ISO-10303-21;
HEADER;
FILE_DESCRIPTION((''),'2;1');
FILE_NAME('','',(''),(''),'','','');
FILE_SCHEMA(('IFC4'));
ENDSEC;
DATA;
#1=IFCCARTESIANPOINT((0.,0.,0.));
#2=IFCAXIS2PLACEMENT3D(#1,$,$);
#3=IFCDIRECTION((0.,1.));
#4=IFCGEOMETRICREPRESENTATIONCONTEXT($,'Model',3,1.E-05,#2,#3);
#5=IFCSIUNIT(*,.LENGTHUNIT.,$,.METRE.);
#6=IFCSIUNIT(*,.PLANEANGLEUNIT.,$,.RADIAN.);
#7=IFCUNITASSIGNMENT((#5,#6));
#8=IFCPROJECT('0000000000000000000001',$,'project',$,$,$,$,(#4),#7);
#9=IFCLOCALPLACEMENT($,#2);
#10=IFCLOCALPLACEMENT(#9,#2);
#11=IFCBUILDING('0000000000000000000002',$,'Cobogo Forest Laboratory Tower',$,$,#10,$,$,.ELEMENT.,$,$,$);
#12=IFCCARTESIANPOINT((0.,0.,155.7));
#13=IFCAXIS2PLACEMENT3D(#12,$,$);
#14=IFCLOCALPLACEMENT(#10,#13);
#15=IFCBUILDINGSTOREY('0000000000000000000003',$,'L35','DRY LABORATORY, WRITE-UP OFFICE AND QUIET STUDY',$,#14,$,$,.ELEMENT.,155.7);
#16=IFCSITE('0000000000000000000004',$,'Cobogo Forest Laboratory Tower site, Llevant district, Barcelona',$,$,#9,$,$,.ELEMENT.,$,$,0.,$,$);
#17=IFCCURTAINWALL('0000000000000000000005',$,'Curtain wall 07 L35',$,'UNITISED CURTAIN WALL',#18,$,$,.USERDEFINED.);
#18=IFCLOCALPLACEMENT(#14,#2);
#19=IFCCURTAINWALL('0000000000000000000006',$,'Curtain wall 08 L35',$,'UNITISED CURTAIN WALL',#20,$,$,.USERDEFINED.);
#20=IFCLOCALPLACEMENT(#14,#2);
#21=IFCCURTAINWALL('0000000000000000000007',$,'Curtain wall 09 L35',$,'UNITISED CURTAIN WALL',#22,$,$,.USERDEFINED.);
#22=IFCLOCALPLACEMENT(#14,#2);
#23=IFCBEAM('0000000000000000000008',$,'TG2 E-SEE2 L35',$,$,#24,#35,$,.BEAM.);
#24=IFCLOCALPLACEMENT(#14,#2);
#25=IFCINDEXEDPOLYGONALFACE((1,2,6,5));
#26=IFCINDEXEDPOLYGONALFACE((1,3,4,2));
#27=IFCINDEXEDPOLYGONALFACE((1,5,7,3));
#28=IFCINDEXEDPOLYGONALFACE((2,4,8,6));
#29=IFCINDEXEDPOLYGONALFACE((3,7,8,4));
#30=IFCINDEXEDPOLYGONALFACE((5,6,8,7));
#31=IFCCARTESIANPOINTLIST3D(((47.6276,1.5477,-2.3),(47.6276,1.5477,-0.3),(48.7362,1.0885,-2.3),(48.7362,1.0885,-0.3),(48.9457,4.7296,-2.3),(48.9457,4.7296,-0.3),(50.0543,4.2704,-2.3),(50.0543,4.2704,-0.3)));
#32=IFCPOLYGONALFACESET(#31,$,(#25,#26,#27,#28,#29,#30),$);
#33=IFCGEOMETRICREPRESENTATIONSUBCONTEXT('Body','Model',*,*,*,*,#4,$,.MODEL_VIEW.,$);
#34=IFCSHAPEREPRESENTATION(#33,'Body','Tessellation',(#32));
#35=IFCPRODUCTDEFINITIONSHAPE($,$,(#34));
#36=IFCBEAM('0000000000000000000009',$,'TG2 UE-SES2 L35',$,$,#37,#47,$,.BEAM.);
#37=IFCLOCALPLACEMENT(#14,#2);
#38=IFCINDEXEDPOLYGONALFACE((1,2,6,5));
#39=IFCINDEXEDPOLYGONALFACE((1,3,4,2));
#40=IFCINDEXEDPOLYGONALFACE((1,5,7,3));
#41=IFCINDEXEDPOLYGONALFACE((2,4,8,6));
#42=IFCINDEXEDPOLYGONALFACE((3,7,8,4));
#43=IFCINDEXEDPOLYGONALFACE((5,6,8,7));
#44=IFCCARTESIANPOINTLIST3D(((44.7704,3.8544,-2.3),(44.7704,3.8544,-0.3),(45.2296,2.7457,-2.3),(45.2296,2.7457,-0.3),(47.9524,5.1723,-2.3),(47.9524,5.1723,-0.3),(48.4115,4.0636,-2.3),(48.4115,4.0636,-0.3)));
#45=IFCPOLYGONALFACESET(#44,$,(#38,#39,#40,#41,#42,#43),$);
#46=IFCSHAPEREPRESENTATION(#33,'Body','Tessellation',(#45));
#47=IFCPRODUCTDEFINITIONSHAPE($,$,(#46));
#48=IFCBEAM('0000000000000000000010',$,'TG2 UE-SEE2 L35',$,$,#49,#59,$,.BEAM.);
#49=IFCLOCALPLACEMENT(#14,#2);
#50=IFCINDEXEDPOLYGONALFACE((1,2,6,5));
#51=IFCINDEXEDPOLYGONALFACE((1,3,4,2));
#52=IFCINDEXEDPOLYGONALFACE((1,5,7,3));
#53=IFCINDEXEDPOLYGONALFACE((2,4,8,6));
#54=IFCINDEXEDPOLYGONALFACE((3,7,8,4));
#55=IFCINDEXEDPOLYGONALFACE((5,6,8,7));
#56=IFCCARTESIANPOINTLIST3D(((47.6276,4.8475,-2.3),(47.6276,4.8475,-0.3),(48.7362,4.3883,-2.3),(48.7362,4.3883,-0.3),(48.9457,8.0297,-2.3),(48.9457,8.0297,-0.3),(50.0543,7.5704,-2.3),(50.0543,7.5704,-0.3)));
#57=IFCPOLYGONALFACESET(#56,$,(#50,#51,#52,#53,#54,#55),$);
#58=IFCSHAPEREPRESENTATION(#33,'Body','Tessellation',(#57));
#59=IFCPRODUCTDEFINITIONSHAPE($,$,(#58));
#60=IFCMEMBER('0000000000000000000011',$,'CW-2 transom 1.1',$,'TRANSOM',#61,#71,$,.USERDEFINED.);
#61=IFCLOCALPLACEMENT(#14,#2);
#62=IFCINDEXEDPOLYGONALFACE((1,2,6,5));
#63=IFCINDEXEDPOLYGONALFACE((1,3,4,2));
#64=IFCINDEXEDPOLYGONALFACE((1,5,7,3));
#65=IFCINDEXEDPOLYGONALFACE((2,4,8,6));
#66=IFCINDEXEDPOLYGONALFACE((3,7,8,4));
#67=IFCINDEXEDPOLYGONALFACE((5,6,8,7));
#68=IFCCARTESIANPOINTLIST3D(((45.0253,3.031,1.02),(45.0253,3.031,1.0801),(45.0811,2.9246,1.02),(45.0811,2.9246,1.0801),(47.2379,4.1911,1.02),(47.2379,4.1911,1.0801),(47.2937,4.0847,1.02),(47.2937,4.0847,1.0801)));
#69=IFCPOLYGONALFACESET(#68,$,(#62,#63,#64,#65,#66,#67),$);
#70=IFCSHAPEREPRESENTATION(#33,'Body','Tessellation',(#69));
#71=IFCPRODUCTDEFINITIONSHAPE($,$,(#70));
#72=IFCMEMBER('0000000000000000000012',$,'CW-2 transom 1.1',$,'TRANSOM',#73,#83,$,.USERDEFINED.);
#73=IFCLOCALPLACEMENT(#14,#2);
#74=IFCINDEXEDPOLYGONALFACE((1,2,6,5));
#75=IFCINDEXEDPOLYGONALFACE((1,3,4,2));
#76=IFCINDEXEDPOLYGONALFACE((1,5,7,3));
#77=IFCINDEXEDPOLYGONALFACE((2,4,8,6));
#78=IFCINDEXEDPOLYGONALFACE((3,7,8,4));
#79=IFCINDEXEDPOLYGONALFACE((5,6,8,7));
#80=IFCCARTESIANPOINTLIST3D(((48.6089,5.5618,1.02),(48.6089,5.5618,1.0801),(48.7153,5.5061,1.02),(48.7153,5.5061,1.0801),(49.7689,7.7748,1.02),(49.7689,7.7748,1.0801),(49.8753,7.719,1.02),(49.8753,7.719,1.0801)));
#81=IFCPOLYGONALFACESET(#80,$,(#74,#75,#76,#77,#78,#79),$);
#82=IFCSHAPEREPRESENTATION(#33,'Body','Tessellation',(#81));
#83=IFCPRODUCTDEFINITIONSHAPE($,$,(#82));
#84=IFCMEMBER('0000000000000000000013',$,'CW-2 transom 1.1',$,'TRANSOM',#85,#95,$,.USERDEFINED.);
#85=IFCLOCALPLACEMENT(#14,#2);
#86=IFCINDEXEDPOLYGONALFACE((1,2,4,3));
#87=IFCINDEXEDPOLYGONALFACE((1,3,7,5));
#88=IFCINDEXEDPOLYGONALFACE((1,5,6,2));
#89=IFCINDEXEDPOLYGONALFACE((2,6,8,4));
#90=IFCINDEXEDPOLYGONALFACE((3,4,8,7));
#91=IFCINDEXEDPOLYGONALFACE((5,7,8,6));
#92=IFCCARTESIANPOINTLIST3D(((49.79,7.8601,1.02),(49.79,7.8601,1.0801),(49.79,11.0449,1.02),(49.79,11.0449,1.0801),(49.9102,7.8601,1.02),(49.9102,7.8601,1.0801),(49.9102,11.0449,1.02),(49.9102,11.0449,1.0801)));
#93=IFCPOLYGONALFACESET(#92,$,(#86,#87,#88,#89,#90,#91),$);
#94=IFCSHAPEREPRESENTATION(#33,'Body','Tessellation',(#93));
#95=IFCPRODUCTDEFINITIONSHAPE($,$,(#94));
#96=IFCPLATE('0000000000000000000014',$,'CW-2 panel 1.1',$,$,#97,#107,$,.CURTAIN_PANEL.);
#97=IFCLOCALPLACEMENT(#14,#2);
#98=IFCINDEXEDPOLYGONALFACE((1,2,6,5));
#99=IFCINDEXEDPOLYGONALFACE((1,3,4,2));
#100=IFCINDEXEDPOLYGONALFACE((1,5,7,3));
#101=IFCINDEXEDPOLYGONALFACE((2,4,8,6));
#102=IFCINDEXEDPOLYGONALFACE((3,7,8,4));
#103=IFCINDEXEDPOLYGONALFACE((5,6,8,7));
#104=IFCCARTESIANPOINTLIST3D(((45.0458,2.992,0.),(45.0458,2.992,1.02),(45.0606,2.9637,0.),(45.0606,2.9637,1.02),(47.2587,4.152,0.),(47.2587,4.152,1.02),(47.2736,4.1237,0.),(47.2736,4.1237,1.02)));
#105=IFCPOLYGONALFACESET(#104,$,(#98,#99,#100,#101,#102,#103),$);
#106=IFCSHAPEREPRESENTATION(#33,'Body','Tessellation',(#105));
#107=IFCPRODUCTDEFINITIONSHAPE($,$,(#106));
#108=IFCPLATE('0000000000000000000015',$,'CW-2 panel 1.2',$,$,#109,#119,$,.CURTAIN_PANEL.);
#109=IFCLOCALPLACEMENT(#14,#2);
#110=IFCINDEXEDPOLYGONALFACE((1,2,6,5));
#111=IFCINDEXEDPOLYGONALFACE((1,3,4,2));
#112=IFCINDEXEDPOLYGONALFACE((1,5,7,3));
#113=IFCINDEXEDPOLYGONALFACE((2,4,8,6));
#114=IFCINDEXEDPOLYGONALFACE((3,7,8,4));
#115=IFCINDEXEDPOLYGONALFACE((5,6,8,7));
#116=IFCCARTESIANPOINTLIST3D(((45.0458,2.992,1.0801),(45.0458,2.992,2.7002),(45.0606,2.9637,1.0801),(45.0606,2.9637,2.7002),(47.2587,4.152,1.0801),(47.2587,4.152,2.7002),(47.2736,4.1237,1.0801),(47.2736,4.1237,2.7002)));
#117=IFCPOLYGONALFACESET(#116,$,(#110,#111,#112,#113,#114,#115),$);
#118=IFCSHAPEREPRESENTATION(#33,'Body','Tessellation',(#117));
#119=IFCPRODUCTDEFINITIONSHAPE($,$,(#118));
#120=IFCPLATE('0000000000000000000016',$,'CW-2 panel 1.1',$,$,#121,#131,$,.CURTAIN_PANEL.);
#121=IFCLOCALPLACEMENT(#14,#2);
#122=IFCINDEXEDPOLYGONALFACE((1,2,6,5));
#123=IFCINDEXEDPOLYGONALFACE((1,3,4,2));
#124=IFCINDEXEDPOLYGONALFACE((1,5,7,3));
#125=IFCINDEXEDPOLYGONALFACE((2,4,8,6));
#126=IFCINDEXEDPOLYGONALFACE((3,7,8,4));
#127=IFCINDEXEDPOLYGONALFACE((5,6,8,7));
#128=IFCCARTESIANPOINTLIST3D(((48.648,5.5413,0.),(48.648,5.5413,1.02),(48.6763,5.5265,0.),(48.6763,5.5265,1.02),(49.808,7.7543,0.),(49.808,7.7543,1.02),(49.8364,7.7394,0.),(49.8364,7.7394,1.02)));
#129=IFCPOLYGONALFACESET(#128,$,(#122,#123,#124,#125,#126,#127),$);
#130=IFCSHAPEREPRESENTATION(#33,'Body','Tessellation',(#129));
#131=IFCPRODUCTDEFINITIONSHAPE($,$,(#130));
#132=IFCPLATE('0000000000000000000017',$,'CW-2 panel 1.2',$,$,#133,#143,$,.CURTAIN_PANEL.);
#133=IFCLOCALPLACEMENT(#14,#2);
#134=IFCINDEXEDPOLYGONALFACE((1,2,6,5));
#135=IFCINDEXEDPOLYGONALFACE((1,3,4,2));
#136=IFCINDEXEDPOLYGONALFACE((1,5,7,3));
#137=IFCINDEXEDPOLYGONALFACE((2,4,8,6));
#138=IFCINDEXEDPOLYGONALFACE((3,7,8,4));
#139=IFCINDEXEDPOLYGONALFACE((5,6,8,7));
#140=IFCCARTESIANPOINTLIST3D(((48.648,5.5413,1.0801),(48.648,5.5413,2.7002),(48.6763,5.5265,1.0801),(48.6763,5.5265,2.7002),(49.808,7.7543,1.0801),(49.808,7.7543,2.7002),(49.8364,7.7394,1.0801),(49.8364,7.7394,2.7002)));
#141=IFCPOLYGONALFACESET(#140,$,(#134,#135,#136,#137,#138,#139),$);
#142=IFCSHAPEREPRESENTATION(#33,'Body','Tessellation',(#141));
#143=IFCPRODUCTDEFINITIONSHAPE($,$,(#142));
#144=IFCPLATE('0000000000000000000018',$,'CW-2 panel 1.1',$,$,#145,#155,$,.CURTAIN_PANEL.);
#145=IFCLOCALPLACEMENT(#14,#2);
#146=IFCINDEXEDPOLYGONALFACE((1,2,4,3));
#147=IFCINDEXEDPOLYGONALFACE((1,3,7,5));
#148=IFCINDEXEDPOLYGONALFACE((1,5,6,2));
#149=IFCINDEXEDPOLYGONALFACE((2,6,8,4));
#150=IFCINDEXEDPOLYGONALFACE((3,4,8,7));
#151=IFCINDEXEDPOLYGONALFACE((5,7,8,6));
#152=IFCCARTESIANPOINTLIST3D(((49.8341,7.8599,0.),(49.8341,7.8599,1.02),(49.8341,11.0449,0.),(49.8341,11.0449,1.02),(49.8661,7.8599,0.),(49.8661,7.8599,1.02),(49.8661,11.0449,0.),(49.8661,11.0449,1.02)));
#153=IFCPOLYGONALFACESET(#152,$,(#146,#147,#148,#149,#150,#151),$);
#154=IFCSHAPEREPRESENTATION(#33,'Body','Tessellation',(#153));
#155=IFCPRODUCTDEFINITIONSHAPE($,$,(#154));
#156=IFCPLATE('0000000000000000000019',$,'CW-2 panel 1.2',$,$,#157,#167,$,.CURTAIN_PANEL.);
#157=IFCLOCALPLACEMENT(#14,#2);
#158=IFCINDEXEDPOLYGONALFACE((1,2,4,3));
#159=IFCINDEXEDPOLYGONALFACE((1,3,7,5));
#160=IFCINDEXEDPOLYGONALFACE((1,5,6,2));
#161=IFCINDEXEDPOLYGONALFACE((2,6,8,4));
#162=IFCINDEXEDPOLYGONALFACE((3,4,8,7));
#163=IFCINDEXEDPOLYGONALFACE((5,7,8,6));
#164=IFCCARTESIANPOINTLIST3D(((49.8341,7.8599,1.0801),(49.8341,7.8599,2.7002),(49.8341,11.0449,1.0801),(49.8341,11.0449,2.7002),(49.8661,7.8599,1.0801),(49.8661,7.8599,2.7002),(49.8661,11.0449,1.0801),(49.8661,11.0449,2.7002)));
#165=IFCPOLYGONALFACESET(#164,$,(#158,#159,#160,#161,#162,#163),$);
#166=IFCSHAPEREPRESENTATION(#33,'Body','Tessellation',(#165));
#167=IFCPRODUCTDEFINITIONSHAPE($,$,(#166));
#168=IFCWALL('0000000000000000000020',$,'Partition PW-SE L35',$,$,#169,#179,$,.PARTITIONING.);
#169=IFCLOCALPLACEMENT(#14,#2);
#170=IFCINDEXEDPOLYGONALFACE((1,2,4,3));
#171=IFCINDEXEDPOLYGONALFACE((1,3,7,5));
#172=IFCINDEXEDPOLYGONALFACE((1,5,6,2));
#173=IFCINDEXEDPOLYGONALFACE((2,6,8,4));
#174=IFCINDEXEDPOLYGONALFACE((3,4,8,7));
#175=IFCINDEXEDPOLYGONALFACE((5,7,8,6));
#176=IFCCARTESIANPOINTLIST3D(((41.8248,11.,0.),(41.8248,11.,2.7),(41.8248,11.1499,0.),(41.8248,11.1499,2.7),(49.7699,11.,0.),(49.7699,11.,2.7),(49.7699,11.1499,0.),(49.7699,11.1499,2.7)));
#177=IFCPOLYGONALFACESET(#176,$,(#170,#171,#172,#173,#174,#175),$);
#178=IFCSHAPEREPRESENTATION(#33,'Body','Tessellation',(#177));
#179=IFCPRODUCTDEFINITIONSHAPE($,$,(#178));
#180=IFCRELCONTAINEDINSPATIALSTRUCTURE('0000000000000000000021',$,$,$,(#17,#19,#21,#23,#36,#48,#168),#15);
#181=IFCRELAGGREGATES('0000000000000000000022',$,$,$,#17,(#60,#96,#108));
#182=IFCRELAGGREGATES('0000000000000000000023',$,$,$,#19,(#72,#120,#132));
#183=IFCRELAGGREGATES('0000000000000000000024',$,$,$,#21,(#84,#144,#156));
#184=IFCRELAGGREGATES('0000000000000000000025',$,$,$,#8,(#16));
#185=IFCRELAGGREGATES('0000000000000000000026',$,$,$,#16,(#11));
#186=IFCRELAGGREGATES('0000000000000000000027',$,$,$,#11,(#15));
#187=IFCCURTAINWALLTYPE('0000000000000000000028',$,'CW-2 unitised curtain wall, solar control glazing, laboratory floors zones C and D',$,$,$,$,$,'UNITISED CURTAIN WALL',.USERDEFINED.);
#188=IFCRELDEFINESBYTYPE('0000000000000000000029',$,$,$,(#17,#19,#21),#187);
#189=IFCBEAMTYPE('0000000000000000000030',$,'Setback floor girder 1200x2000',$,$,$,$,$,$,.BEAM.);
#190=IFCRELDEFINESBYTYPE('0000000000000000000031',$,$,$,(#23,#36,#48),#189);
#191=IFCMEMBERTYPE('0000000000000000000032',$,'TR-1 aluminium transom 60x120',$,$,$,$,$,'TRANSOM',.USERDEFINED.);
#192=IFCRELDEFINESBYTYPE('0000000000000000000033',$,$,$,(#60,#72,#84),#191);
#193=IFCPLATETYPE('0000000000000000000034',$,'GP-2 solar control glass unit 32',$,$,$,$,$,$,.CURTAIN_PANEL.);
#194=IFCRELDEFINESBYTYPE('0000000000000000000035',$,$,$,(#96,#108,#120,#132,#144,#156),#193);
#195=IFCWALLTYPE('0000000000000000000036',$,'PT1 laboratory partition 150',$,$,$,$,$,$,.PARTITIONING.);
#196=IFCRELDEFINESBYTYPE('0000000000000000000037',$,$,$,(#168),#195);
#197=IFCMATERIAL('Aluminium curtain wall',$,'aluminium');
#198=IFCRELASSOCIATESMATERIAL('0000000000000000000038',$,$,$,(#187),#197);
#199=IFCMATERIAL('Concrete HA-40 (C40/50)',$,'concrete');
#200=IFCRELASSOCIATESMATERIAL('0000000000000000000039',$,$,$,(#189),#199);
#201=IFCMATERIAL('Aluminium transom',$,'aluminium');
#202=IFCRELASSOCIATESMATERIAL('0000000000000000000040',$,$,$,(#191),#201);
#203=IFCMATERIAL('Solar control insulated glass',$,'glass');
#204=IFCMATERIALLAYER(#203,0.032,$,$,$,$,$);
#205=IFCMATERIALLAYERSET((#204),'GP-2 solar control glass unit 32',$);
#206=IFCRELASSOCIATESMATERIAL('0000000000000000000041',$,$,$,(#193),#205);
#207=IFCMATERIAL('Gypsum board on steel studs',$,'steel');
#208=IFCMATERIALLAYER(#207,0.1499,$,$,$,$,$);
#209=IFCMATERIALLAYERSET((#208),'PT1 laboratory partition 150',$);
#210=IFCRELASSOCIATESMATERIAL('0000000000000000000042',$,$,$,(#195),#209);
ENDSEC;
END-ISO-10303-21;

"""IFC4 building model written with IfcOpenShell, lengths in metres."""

from ifc_helpers import new_model, si_unit, direction, frame, frame_2d, origin, origin_2d, place, context, subcontext, project, spatial, rectangle, extrude, material, layer, layer_set, material_profile, profile_set, type_object, element, aggregate, save


model = new_model("IFC4")

# Units and contexts
model_context = context("Model", 3, precision=1e-05, world=origin(), true_north=direction((0.0, 1.0)))
body_context = subcontext(model_context, "Body", "Model", "MODEL_VIEW")
ifc_project = project(units=[si_unit("LENGTHUNIT", "METRE"), si_unit("PLANEANGLEUNIT", "RADIAN")], contexts=[model_context])

# Site, building, storey
site_placement = place(None, origin())
site = spatial("IfcSite", under=ifc_project, at=site_placement, Name="Cobogo Forest Laboratory Tower site, Llevant district, Barcelona", CompositionType="ELEMENT", RefElevation=0.0)
building_placement = place(site_placement, origin())
building = spatial("IfcBuilding", under=site, at=building_placement, Name="Cobogo Forest Laboratory Tower", CompositionType="ELEMENT")
storey_placement = place(building_placement, frame((0.0, 0.0, 155.7)))
storey = spatial("IfcBuildingStorey", under=building, at=storey_placement, Name="L35", Description="DRY LABORATORY, WRITE-UP OFFICE AND QUIET STUDY", CompositionType="ELEMENT", Elevation=155.7)

# Curtain walls
ifc_material_1 = material(Name="Aluminium curtain wall", Category="aluminium")
curtain_wall_type = type_object("IfcCurtainWallType", Name="CW-2 unitised curtain wall, solar control glazing, laboratory floors zones C and D", ElementType="UNITISED CURTAIN WALL", PredefinedType="USERDEFINED", material=ifc_material_1)
curtain_wall_1_placement = place(storey_placement, origin())
curtain_wall_1 = element("IfcCurtainWall", 1, at=curtain_wall_1_placement, inside=storey, type_object=curtain_wall_type, Name="Curtain wall 07 L35", ObjectType="UNITISED CURTAIN WALL", PredefinedType="USERDEFINED")
curtain_wall_2_placement = place(storey_placement, origin())
curtain_wall_2 = element("IfcCurtainWall", 2, at=curtain_wall_2_placement, inside=storey, type_object=curtain_wall_type, Name="Curtain wall 08 L35", ObjectType="UNITISED CURTAIN WALL", PredefinedType="USERDEFINED")

# Curtain wall
curtain_wall_3_placement = place(storey_placement, origin())
curtain_wall_3 = element("IfcCurtainWall", 3, at=curtain_wall_3_placement, inside=storey, type_object=curtain_wall_type, Name="Curtain wall 09 L35", ObjectType="UNITISED CURTAIN WALL", PredefinedType="USERDEFINED")

# Beams
ifc_material_2 = material(Name="Concrete HA-40 (C40/50)", Category="concrete")
ifc_material_profile_1 = material_profile(ifc_material_2, rectangle(XDim=1.2, YDim=2.0, at=origin_2d()), Name="RC 1200x2000")
ifc_profile_set_1 = profile_set([ifc_material_profile_1], Name="Concrete HA-40 (C40/50)")
beam_type = type_object("IfcBeamType", Name="Setback floor girder 1200x2000", PredefinedType="BEAM", material=ifc_profile_set_1)
for number, where, z_axis, x_axis, name in (
    (4, (49.5, 4.5, -1.3), (-0.382717, -0.923866, 0.0), (0.923866, -0.382717, 0.0), "TG2 E-SEE2 L35"),
    (5, (45.0, 3.3, -1.3), (0.923891, 0.382656, 0.0), (-0.382656, 0.923891, 0.0), "TG2 UE-SES2 L35"),
):
    element("IfcBeam", number, at=place(storey_placement, frame(where, z_axis=z_axis, x_axis=x_axis)), inside=storey, type_object=beam_type, Name=name, PredefinedType="BEAM", context=body_context, shape_type="SweptSolid", body=[
        extrude(rectangle(XDim=1.2, YDim=2.0, at=origin_2d()), origin(), (0.0, 0.0, 1.0), 3.4441),
    ])
beam_1_placement = place(storey_placement, frame((49.5, 7.8, -1.3), z_axis=(-0.382692, -0.923876, 0.0), x_axis=(0.923876, -0.382692, 0.0)))
element("IfcBeam", 6, at=beam_1_placement, inside=storey, type_object=beam_type, Name="TG2 UE-SEE2 L35", PredefinedType="BEAM", context=body_context, shape_type="SweptSolid", body=[
    extrude(rectangle(XDim=1.2, YDim=2.0, at=origin_2d()), origin(), (0.0, 0.0, 1.0), 3.4443),
])

# Members
ifc_material_3 = material(Name="Aluminium transom", Category="aluminium")
ifc_material_profile_2 = material_profile(ifc_material_3, rectangle(XDim=0.1201, YDim=0.0601, at=origin_2d()), Name="AL 60x120")
ifc_profile_set_2 = profile_set([ifc_material_profile_2], Name="Aluminium transom")
member_type_1 = type_object("IfcMemberType", Name="TR-1 aluminium transom 60x120", ElementType="TRANSOM", PredefinedType="USERDEFINED", material=ifc_profile_set_2)
member_1_placement = place(storey_placement, frame((45.0532, 2.9778, 1.05), z_axis=(0.885642, 0.464368, 0.0), x_axis=(-0.464368, 0.885642, 0.0)))
member_1 = element("IfcMember", 7, at=member_1_placement, type_object=member_type_1, Name="CW-2 transom 1.1", ObjectType="TRANSOM", PredefinedType="USERDEFINED", context=body_context, shape_type="SweptSolid", body=[
    extrude(rectangle(XDim=0.1201, YDim=0.0601, at=origin_2d()), origin(), (0.0, 0.0, 1.0), 2.4983),
])
member_2_placement = place(storey_placement, frame((48.6621, 5.5339, 1.05), z_axis=(0.464252, 0.885703, 0.0), x_axis=(-0.885703, 0.464252, 0.0)))
member_2 = element("IfcMember", 8, at=member_2_placement, type_object=member_type_1, Name="CW-2 transom 1.1", ObjectType="TRANSOM", PredefinedType="USERDEFINED", context=body_context, shape_type="SweptSolid", body=[
    extrude(rectangle(XDim=0.1201, YDim=0.0601, at=origin_2d()), origin(), (0.0, 0.0, 1.0), 2.4985),
])
member_3_placement = place(storey_placement, frame((49.8501, 7.8601, 1.05), z_axis=(0.0, 1.0, 0.0), x_axis=(-1.0, 0.0, 0.0)))
member_3 = element("IfcMember", 9, at=member_3_placement, type_object=member_type_1, Name="CW-2 transom 1.1", ObjectType="TRANSOM", PredefinedType="USERDEFINED", context=body_context, shape_type="SweptSolid", body=[
    extrude(rectangle(XDim=0.1201, YDim=0.0601, at=origin_2d()), origin(), (0.0, 0.0, 1.0), 3.1848),
])

# Plates
ifc_material_4 = material(Name="Solar control insulated glass", Category="glass")
ifc_layer_1 = layer(ifc_material_4, 0.032)
ifc_layer_set_1 = layer_set([ifc_layer_1], Name="GP-2 solar control glass unit 32")
plate_type = type_object("IfcPlateType", Name="GP-2 solar control glass unit 32", PredefinedType="CURTAIN_PANEL", material=ifc_layer_set_1)
plate_1_placement = place(storey_placement, frame((46.1597, 3.5579, 0.0), z_axis=(0.0, 0.0, 1.0), x_axis=(0.885687, 0.464284, 0.0)))
plate_1 = element("IfcPlate", 10, at=plate_1_placement, type_object=plate_type, Name="CW-2 panel 1.1", PredefinedType="CURTAIN_PANEL", context=body_context, shape_type="SweptSolid", body=[
    extrude(rectangle(XDim=2.4985, YDim=0.032, at=origin_2d()), origin(), (0.0, 0.0, 1.0), 1.02),
])
plate_2_placement = place(storey_placement, frame((46.1597, 3.5579, 1.0801), z_axis=(0.0, 0.0, 1.0), x_axis=(0.885687, 0.464284, 0.0)))
plate_2 = element("IfcPlate", 11, at=plate_2_placement, type_object=plate_type, Name="CW-2 panel 1.2", PredefinedType="CURTAIN_PANEL", context=body_context, shape_type="SweptSolid", body=[
    extrude(rectangle(XDim=2.4985, YDim=0.032, at=origin_2d()), origin(), (0.0, 0.0, 1.0), 1.6201),
])
aggregate(curtain_wall_1, [member_1, plate_1, plate_2])
plate_3_placement = place(storey_placement, frame((49.2422, 6.6404, 0.0), z_axis=(0.0, 0.0, 1.0), x_axis=(0.464284, 0.885687, 0.0)))
plate_3 = element("IfcPlate", 12, at=plate_3_placement, type_object=plate_type, Name="CW-2 panel 1.1", PredefinedType="CURTAIN_PANEL", context=body_context, shape_type="SweptSolid", body=[
    extrude(rectangle(XDim=2.4985, YDim=0.032, at=origin_2d()), origin(), (0.0, 0.0, 1.0), 1.02),
])
plate_4_placement = place(storey_placement, frame((49.2422, 6.6404, 1.0801), z_axis=(0.0, 0.0, 1.0), x_axis=(0.464284, 0.885687, 0.0)))
plate_4 = element("IfcPlate", 13, at=plate_4_placement, type_object=plate_type, Name="CW-2 panel 1.2", PredefinedType="CURTAIN_PANEL", context=body_context, shape_type="SweptSolid", body=[
    extrude(rectangle(XDim=2.4985, YDim=0.032, at=origin_2d()), origin(), (0.0, 0.0, 1.0), 1.6201),
])
aggregate(curtain_wall_2, [member_2, plate_3, plate_4])
plate_5_placement = place(storey_placement, frame((49.8501, 9.4524, 0.0), z_axis=(0.0, 0.0, 1.0), x_axis=(0.0, 1.0, 0.0)))
plate_5 = element("IfcPlate", 14, at=plate_5_placement, type_object=plate_type, Name="CW-2 panel 1.1", PredefinedType="CURTAIN_PANEL", context=body_context, shape_type="SweptSolid", body=[
    extrude(rectangle(XDim=3.1851, YDim=0.032, at=origin_2d()), origin(), (0.0, 0.0, 1.0), 1.02),
])
plate_6_placement = place(storey_placement, frame((49.8501, 9.4524, 1.0801), z_axis=(0.0, 0.0, 1.0), x_axis=(0.0, 1.0, 0.0)))
plate_6 = element("IfcPlate", 15, at=plate_6_placement, type_object=plate_type, Name="CW-2 panel 1.2", PredefinedType="CURTAIN_PANEL", context=body_context, shape_type="SweptSolid", body=[
    extrude(rectangle(XDim=3.1851, YDim=0.032, at=origin_2d()), origin(), (0.0, 0.0, 1.0), 1.6201),
])
aggregate(curtain_wall_3, [member_3, plate_5, plate_6])

# Wall
ifc_material_5 = material(Name="Gypsum board on steel studs", Category="steel")
ifc_layer_2 = layer(ifc_material_5, 0.1499)
ifc_layer_set_2 = layer_set([ifc_layer_2], Name="PT1 laboratory partition 150")
wall_type = type_object("IfcWallType", Name="PT1 laboratory partition 150", PredefinedType="PARTITIONING", material=ifc_layer_set_2)
wall_placement = place(storey_placement, frame((49.77, 11.075, 0.0), z_axis=(0.0, 0.0, 1.0), x_axis=(-1.0, 0.0, 0.0)))
element("IfcWall", 16, at=wall_placement, inside=storey, type_object=wall_type, Name="Partition PW-SE L35", PredefinedType="PARTITIONING", context=body_context, shape_type="SweptSolid", body=[
    extrude(rectangle(XDim=7.9451, YDim=0.1499, at=frame_2d((3.9727, 0.0))), origin(), (0.0, 0.0, 1.0), 2.7),
])

save(model, "model.ifc")
